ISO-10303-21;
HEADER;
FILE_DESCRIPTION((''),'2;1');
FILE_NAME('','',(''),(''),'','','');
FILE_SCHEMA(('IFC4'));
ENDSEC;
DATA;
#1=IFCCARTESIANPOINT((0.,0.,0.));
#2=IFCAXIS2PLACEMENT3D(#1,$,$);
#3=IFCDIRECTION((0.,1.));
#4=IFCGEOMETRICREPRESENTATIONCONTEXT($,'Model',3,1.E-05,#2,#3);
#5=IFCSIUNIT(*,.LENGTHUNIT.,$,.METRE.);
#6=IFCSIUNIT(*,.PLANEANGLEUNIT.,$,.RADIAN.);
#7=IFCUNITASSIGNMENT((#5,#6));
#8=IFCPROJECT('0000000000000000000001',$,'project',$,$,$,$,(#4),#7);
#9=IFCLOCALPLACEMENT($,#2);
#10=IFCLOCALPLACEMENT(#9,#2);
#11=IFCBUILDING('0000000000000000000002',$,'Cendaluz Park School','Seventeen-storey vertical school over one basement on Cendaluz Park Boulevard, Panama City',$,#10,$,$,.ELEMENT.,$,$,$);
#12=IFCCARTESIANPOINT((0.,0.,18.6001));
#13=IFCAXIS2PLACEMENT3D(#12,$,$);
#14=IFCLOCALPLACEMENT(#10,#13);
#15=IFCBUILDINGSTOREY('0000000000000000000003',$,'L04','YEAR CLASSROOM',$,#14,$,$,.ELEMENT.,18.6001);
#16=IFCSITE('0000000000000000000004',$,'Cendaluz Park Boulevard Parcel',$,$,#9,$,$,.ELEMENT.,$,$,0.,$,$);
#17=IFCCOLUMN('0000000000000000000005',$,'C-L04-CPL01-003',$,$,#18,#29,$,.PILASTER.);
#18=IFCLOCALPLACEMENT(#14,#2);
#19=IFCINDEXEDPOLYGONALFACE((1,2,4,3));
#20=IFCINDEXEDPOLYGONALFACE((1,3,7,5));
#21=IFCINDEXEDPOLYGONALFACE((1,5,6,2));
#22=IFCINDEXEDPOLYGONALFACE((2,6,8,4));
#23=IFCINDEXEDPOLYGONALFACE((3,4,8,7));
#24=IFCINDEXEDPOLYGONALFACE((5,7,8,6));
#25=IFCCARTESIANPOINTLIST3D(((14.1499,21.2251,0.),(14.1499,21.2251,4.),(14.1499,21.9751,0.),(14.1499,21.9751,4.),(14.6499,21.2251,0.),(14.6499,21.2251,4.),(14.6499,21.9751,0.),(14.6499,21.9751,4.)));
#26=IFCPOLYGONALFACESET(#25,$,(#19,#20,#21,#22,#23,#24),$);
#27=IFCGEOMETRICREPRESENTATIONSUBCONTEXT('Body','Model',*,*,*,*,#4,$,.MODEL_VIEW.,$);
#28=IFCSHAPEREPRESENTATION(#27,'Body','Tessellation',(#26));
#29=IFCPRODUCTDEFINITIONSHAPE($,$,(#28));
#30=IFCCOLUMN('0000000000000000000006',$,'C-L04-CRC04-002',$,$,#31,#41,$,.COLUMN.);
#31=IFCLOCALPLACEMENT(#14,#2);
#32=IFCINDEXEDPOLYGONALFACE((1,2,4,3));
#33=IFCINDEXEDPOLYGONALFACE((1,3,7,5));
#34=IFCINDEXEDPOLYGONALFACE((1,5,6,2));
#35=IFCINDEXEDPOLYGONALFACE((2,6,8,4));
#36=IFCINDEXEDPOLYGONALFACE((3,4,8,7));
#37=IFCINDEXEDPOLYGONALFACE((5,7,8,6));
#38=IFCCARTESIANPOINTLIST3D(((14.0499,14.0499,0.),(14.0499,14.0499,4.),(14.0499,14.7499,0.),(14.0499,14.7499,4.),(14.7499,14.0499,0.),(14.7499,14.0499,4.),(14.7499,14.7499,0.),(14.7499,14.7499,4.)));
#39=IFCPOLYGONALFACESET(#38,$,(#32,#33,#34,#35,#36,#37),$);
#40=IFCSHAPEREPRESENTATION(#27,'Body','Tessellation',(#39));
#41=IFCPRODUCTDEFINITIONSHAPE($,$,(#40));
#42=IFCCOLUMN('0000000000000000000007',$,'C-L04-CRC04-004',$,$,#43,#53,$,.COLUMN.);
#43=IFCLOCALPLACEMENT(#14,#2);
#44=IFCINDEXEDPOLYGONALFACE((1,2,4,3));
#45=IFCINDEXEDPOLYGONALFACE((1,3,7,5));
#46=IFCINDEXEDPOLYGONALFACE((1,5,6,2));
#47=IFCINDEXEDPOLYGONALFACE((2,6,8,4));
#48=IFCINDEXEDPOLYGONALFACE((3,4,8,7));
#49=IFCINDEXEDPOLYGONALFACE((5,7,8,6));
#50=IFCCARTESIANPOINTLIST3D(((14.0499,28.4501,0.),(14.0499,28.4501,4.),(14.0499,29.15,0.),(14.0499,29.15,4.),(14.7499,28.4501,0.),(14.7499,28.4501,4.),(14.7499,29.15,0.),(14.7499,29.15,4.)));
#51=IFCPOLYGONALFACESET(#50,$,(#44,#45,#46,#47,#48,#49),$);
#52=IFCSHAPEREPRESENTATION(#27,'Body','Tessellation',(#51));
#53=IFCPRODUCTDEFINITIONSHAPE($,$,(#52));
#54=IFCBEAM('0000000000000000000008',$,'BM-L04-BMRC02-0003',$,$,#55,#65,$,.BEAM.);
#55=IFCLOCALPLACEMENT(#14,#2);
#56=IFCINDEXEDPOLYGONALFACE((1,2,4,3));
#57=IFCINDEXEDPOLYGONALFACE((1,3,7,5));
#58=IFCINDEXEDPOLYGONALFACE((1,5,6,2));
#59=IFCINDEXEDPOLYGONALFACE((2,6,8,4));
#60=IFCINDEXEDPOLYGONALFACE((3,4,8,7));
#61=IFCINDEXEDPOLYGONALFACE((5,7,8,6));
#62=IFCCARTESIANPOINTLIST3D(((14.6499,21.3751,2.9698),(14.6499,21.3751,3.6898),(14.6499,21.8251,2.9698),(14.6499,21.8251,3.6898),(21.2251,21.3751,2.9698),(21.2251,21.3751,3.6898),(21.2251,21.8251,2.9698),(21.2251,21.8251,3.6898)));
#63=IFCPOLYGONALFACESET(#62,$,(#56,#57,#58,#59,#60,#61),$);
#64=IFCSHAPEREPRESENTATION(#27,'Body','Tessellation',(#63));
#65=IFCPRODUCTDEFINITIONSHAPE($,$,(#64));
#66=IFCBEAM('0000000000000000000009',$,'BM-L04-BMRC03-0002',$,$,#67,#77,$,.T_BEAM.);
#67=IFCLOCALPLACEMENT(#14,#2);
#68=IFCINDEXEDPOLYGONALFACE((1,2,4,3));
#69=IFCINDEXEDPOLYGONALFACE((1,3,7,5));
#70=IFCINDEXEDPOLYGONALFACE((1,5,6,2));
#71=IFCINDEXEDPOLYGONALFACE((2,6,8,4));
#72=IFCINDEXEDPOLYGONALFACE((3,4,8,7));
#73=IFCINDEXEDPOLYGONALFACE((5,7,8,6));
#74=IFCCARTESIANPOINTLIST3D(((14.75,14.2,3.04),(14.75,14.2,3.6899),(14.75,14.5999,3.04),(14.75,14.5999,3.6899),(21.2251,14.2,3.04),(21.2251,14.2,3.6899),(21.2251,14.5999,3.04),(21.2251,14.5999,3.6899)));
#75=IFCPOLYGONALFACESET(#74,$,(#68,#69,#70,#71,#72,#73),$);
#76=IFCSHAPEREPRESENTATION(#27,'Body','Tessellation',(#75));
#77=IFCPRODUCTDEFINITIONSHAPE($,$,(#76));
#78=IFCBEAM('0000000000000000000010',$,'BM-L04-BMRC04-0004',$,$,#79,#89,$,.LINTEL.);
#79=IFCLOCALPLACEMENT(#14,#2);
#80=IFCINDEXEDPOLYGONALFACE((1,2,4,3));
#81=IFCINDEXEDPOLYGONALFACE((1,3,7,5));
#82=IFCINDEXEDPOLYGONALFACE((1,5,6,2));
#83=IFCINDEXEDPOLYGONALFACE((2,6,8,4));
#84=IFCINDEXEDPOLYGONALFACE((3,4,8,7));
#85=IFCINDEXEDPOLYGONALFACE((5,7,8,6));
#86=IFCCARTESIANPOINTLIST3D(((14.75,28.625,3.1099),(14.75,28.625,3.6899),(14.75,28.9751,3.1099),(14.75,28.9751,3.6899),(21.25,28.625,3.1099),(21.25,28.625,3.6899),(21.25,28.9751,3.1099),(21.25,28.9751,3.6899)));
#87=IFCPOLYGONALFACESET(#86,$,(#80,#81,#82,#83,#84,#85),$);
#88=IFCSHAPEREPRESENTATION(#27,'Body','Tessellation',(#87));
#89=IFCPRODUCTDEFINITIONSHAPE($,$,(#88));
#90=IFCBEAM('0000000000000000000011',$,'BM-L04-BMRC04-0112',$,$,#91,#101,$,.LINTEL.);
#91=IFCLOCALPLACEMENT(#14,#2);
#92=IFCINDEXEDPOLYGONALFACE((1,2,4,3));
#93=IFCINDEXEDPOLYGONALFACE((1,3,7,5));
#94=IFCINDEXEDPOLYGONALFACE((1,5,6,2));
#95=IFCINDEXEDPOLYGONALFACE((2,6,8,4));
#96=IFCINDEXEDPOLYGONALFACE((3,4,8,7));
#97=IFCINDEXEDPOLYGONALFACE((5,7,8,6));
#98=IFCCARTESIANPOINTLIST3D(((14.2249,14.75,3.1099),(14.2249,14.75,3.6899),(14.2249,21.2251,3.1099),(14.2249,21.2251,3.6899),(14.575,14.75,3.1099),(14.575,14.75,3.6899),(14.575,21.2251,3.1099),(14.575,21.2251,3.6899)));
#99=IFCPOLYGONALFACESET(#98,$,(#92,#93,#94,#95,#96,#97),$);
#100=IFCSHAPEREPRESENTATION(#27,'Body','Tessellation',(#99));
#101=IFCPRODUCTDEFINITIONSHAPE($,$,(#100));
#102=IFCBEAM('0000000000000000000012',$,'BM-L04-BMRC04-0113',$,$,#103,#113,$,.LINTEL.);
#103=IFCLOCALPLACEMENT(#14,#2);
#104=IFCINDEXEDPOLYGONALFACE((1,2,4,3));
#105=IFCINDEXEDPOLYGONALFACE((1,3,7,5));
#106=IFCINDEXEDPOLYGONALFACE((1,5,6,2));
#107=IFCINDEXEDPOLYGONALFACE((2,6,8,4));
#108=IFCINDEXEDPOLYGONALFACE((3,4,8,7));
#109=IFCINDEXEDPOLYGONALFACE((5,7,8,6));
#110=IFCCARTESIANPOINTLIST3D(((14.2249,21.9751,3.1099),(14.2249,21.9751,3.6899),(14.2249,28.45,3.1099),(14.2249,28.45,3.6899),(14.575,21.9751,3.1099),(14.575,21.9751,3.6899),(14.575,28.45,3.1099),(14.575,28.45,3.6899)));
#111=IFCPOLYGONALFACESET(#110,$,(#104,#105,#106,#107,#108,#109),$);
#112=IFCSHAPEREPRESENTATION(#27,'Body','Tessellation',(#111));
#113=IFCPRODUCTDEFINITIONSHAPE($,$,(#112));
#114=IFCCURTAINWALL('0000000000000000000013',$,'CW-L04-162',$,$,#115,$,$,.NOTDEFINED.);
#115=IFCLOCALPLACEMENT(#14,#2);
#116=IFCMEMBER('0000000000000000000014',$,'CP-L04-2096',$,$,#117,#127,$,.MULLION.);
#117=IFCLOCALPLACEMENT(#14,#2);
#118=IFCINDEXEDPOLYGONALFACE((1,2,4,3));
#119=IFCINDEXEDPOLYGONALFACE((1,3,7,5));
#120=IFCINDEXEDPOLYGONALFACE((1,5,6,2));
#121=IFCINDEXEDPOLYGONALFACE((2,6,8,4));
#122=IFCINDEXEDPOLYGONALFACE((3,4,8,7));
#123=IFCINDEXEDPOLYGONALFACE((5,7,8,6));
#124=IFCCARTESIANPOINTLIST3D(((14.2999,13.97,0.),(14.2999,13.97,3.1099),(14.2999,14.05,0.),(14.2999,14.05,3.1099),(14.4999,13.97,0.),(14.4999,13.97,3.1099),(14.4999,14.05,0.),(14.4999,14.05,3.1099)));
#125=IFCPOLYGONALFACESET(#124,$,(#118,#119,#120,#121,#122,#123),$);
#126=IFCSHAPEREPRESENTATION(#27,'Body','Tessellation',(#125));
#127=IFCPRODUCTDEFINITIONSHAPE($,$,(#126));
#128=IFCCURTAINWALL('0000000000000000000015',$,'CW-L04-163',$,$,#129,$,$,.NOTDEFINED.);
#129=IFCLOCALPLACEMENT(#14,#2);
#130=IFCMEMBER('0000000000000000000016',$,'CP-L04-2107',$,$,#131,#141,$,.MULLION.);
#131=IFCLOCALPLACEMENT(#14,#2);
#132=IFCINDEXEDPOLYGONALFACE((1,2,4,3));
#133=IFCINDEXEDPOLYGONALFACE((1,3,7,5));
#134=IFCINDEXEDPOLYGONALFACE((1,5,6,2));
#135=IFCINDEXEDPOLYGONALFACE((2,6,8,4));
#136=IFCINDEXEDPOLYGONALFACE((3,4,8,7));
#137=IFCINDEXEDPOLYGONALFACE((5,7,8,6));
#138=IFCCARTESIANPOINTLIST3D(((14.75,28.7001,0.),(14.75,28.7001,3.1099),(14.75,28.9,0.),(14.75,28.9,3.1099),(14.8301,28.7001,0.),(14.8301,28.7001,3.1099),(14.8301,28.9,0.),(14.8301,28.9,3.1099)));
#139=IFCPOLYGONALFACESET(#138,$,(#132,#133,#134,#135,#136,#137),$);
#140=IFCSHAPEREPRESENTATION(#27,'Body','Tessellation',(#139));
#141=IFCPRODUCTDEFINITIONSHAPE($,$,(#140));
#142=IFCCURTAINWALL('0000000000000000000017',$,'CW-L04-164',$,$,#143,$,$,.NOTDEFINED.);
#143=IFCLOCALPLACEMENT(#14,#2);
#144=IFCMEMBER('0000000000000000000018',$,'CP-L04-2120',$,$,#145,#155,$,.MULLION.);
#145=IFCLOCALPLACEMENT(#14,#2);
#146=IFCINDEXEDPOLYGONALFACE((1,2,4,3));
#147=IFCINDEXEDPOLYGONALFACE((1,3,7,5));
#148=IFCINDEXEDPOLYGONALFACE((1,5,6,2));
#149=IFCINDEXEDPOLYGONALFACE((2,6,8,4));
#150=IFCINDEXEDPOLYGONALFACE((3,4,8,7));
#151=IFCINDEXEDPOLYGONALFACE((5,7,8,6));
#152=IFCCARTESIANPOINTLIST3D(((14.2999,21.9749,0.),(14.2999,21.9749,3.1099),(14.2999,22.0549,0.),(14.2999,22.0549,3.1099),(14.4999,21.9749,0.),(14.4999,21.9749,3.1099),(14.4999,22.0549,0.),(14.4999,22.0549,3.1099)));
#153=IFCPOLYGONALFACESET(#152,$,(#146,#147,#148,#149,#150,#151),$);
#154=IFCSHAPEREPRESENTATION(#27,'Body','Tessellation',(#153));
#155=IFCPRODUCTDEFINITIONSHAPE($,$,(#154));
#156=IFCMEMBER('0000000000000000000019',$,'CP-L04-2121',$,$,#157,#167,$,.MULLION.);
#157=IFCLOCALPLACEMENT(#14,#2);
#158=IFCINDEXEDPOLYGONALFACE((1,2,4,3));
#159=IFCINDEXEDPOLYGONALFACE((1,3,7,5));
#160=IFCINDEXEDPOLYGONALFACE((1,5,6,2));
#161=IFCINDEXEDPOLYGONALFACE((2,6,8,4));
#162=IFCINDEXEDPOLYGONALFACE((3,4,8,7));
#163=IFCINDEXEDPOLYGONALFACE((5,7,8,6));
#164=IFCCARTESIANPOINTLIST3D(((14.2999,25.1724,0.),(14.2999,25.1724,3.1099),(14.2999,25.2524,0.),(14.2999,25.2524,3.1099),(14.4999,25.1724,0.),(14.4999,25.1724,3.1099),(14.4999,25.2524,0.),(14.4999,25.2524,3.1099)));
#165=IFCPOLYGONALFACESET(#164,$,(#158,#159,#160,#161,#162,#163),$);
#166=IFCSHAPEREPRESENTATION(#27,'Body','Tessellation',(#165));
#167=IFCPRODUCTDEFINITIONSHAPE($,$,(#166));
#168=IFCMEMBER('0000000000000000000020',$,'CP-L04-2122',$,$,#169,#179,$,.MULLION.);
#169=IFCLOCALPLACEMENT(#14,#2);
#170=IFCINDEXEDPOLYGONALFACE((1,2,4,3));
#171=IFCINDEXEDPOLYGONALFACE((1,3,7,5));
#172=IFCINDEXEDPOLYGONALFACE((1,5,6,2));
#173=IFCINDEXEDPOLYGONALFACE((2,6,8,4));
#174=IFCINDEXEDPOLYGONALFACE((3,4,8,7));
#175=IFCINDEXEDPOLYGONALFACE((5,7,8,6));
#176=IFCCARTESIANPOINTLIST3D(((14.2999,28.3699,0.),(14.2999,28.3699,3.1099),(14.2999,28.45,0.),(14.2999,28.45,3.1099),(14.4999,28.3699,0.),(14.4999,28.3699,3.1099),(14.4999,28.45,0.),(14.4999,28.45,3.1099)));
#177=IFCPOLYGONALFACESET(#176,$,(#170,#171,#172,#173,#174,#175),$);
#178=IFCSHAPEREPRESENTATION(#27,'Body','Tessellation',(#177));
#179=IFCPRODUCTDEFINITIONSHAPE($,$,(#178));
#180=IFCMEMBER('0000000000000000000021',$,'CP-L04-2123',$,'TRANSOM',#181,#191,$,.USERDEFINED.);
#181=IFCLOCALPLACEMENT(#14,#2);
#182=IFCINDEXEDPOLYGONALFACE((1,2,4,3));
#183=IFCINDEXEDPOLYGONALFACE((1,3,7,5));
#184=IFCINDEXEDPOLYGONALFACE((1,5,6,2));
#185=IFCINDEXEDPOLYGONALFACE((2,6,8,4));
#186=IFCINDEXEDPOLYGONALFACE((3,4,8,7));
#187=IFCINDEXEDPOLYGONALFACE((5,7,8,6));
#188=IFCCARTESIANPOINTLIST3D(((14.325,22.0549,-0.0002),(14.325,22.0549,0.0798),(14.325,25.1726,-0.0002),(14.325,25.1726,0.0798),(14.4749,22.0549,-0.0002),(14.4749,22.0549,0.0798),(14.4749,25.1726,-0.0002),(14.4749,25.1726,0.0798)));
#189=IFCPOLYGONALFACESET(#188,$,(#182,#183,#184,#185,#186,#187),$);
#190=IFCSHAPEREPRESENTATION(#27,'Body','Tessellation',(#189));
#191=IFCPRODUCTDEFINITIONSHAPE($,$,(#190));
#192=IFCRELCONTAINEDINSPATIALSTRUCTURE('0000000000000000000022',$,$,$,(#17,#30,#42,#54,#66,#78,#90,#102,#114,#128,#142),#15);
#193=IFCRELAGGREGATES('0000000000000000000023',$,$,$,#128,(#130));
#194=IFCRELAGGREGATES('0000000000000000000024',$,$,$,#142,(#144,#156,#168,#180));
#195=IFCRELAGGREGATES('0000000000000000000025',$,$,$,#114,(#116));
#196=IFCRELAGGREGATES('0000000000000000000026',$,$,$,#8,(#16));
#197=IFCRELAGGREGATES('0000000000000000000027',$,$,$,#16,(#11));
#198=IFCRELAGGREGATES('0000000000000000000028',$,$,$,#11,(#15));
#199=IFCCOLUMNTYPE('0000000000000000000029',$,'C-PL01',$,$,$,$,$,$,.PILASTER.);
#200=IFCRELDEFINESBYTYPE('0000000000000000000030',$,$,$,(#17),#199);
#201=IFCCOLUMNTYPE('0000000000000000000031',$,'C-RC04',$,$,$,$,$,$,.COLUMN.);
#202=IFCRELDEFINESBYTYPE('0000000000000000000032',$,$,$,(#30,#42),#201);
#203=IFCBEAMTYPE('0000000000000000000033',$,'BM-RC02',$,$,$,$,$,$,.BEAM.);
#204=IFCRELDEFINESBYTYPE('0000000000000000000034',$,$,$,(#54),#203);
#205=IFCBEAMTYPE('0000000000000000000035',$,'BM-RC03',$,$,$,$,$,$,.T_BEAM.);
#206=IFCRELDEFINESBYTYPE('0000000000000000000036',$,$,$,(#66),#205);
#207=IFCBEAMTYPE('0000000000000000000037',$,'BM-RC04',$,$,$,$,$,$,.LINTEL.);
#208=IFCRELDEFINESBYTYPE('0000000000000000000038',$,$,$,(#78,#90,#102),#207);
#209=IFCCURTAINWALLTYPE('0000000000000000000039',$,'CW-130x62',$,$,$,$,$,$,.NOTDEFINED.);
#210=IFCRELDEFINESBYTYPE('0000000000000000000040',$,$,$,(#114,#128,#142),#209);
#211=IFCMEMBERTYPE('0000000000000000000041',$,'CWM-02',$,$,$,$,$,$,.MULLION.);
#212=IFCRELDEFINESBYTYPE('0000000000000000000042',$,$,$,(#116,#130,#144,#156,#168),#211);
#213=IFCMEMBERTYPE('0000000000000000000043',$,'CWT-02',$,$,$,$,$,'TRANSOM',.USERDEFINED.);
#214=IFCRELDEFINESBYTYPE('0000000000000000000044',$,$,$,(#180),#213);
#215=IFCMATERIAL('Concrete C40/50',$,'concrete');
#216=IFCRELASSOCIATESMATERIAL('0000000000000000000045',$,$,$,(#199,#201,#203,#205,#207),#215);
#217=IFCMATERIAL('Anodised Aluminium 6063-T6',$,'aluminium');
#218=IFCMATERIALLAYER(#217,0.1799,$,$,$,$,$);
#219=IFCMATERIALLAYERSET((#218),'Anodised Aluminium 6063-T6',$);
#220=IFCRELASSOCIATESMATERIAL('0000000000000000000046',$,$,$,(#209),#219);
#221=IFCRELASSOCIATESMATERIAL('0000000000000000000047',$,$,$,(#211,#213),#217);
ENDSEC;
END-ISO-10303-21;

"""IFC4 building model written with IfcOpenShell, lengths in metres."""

from ifc_helpers import new_model, si_unit, direction, frame, origin, origin_2d, place, context, subcontext, project, spatial, rectangle, extrude, material, layer, layer_set, material_profile, profile_set, type_object, element, aggregate, save


model = new_model("IFC4")

# Units and contexts
model_context = context("Model", 3, precision=1e-05, world=origin(), true_north=direction((0.0, 1.0)))
body_context = subcontext(model_context, "Body", "Model", "MODEL_VIEW")
ifc_project = project(units=[si_unit("LENGTHUNIT", "METRE"), si_unit("PLANEANGLEUNIT", "RADIAN")], contexts=[model_context])

# Site, building, storey
site_placement = place(None, origin())
site = spatial("IfcSite", under=ifc_project, at=site_placement, Name="Cendaluz Park Boulevard Parcel", CompositionType="ELEMENT", RefElevation=0.0)
building_placement = place(site_placement, origin())
building = spatial("IfcBuilding", under=site, at=building_placement, Name="Cendaluz Park School", Description="Seventeen-storey vertical school over one basement on Cendaluz Park Boulevard, Panama City", CompositionType="ELEMENT")
storey_placement = place(building_placement, frame((0.0, 0.0, 18.6001)))
storey = spatial("IfcBuildingStorey", under=building, at=storey_placement, Name="L04", Description="YEAR CLASSROOM", CompositionType="ELEMENT", Elevation=18.6001)

# Columns
ifc_material_1 = material(Name="Concrete C40/50", Category="concrete")
ifc_material_profile_1 = material_profile(ifc_material_1, rectangle(XDim=0.5, YDim=0.75, at=origin_2d()), Name="RC 500x750", Category="concrete")
ifc_profile_set_1 = profile_set([ifc_material_profile_1], Name="Concrete C40/50")
column_type_1 = type_object("IfcColumnType", Name="C-PL01", PredefinedType="PILASTER", material=ifc_profile_set_1)
column_placement = place(storey_placement, frame((14.3999, 21.6001, 0.0), z_axis=(0.0, 0.0, 1.0), x_axis=(1.0, 0.0, 0.0)))
element("IfcColumn", 1, at=column_placement, inside=storey, type_object=column_type_1, Name="C-L04-CPL01-003", PredefinedType="PILASTER", context=body_context, shape_type="SweptSolid", body=[
    extrude(rectangle(XDim=0.5, YDim=0.75, at=origin_2d()), origin(), (0.0, 0.0, 1.0), 4.0),
])
ifc_material_profile_2 = material_profile(ifc_material_1, rectangle(XDim=0.7, YDim=0.7, at=origin_2d()), Name="RC 700x700", Category="concrete")
ifc_profile_set_2 = profile_set([ifc_material_profile_2], Name="Concrete C40/50")
column_type_2 = type_object("IfcColumnType", Name="C-RC04", PredefinedType="COLUMN", material=ifc_profile_set_2)
for number, where, z_axis, x_axis, name in (
    (2, (14.3999, 14.3999, 0.0), (0.0, 0.0, 1.0), (1.0, 0.0, 0.0), "C-L04-CRC04-002"),
    (3, (14.3999, 28.8, 0.0), (0.0, 0.0, 1.0), (1.0, 0.0, 0.0), "C-L04-CRC04-004"),
):
    element("IfcColumn", number, at=place(storey_placement, frame(where, z_axis=z_axis, x_axis=x_axis)), inside=storey, type_object=column_type_2, Name=name, PredefinedType="COLUMN", context=body_context, shape_type="SweptSolid", body=[
        extrude(rectangle(XDim=0.7, YDim=0.7, at=origin_2d()), origin(), (0.0, 0.0, 1.0), 4.0),
    ])

# Beams
ifc_material_profile_3 = material_profile(ifc_material_1, rectangle(XDim=0.45, YDim=0.72, at=origin_2d()), Name="RC 450x720", Category="concrete")
ifc_profile_set_3 = profile_set([ifc_material_profile_3], Name="Concrete C40/50")
beam_type_1 = type_object("IfcBeamType", Name="BM-RC02", PredefinedType="BEAM", material=ifc_profile_set_3)
beam_1_placement = place(storey_placement, frame((14.6499, 21.6001, 3.3298), z_axis=(1.0, 0.0, 0.0), x_axis=(0.0, 1.0, 0.0)))
element("IfcBeam", 4, at=beam_1_placement, inside=storey, type_object=beam_type_1, Name="BM-L04-BMRC02-0003", PredefinedType="BEAM", context=body_context, shape_type="SweptSolid", body=[
    extrude(rectangle(XDim=0.45, YDim=0.72, at=origin_2d()), origin(), (0.0, 0.0, 1.0), 6.5752),
])
ifc_material_profile_4 = material_profile(ifc_material_1, rectangle(XDim=0.3999, YDim=0.6499, at=origin_2d()), Name="RC 400x650", Category="concrete")
ifc_profile_set_4 = profile_set([ifc_material_profile_4], Name="Concrete C40/50")
beam_type_2 = type_object("IfcBeamType", Name="BM-RC03", PredefinedType="T_BEAM", material=ifc_profile_set_4)
beam_2_placement = place(storey_placement, frame((14.75, 14.3999, 3.365), z_axis=(1.0, 0.0, 0.0), x_axis=(0.0, 1.0, 0.0)))
element("IfcBeam", 5, at=beam_2_placement, inside=storey, type_object=beam_type_2, Name="BM-L04-BMRC03-0002", PredefinedType="T_BEAM", context=body_context, shape_type="SweptSolid", body=[
    extrude(rectangle(XDim=0.3999, YDim=0.6499, at=origin_2d()), origin(), (0.0, 0.0, 1.0), 6.4751),
])
ifc_material_profile_5 = material_profile(ifc_material_1, rectangle(XDim=0.3501, YDim=0.5801, at=origin_2d()), Name="RC 350x580", Category="concrete")
ifc_profile_set_5 = profile_set([ifc_material_profile_5], Name="Concrete C40/50")
beam_type_3 = type_object("IfcBeamType", Name="BM-RC04", PredefinedType="LINTEL", material=ifc_profile_set_5)
beam_3_placement = place(storey_placement, frame((14.75, 28.8, 3.3999), z_axis=(1.0, 0.0, 0.0), x_axis=(0.0, 1.0, 0.0)))
element("IfcBeam", 6, at=beam_3_placement, inside=storey, type_object=beam_type_3, Name="BM-L04-BMRC04-0004", PredefinedType="LINTEL", context=body_context, shape_type="SweptSolid", body=[
    extrude(rectangle(XDim=0.3501, YDim=0.5801, at=origin_2d()), origin(), (0.0, 0.0, 1.0), 6.5),
])
beam_4_placement = place(storey_placement, frame((14.3999, 14.75, 3.3999), z_axis=(0.0, 1.0, 0.0), x_axis=(-1.0, 0.0, 0.0)))
element("IfcBeam", 7, at=beam_4_placement, inside=storey, type_object=beam_type_3, Name="BM-L04-BMRC04-0112", PredefinedType="LINTEL", context=body_context, shape_type="SweptSolid", body=[
    extrude(rectangle(XDim=0.3501, YDim=0.5801, at=origin_2d()), origin(), (0.0, 0.0, 1.0), 6.4751),
])
beam_5_placement = place(storey_placement, frame((14.3999, 21.9751, 3.3999), z_axis=(0.0, 1.0, 0.0), x_axis=(-1.0, 0.0, 0.0)))
element("IfcBeam", 8, at=beam_5_placement, inside=storey, type_object=beam_type_3, Name="BM-L04-BMRC04-0113", PredefinedType="LINTEL", context=body_context, shape_type="SweptSolid", body=[
    extrude(rectangle(XDim=0.3501, YDim=0.5801, at=origin_2d()), origin(), (0.0, 0.0, 1.0), 6.4749),
])

# Curtain walls, members
ifc_material_2 = material(Name="Anodised Aluminium 6063-T6", Category="aluminium")
ifc_layer_1 = layer(ifc_material_2, 0.1799)
ifc_layer_set_1 = layer_set([ifc_layer_1], Name="Anodised Aluminium 6063-T6")
curtain_wall_type = type_object("IfcCurtainWallType", Name="CW-130x62", PredefinedType="NOTDEFINED", material=ifc_layer_set_1)
curtain_wall_1_placement = place(storey_placement, origin())
curtain_wall_1 = element("IfcCurtainWall", 9, at=curtain_wall_1_placement, inside=storey, type_object=curtain_wall_type, Name="CW-L04-162", PredefinedType="NOTDEFINED")
ifc_material_profile_6 = material_profile(ifc_material_2, rectangle(XDim=0.2, YDim=0.0801, at=origin_2d()), Name="CWM 200x80", Category="aluminium")
ifc_profile_set_6 = profile_set([ifc_material_profile_6], Name="Anodised Aluminium 6063-T6")
member_type_1 = type_object("IfcMemberType", Name="CWM-02", PredefinedType="MULLION", material=ifc_profile_set_6)
member_1_placement = place(storey_placement, frame((14.3999, 14.01, 0.0), z_axis=(0.0, 0.0, 1.0), x_axis=(-1.0, 0.0, 0.0)))
member_1 = element("IfcMember", 10, at=member_1_placement, type_object=member_type_1, Name="CP-L04-2096", PredefinedType="MULLION", context=body_context, shape_type="SweptSolid", body=[
    extrude(rectangle(XDim=0.2, YDim=0.0801, at=origin_2d()), origin(), (0.0, 0.0, 1.0), 3.1099),
])
curtain_wall_2_placement = place(storey_placement, origin())
curtain_wall_2 = element("IfcCurtainWall", 11, at=curtain_wall_2_placement, inside=storey, type_object=curtain_wall_type, Name="CW-L04-163", PredefinedType="NOTDEFINED")
member_2_placement = place(storey_placement, frame((14.79, 28.8, 0.0), z_axis=(0.0, 0.0, 1.0), x_axis=(0.0, 1.0, 0.0)))
member_2 = element("IfcMember", 12, at=member_2_placement, type_object=member_type_1, Name="CP-L04-2107", PredefinedType="MULLION", context=body_context, shape_type="SweptSolid", body=[
    extrude(rectangle(XDim=0.2, YDim=0.0801, at=origin_2d()), origin(), (0.0, 0.0, 1.0), 3.1099),
])
aggregate(curtain_wall_2, [member_2])

# Curtain wall, members
curtain_wall_3_placement = place(storey_placement, origin())
curtain_wall_3 = element("IfcCurtainWall", 13, at=curtain_wall_3_placement, inside=storey, type_object=curtain_wall_type, Name="CW-L04-164", PredefinedType="NOTDEFINED")
member_3_placement = place(storey_placement, frame((14.3999, 22.0149, 0.0), z_axis=(0.0, 0.0, 1.0), x_axis=(-1.0, 0.0, 0.0)))
member_3 = element("IfcMember", 14, at=member_3_placement, type_object=member_type_1, Name="CP-L04-2120", PredefinedType="MULLION", context=body_context, shape_type="SweptSolid", body=[
    extrude(rectangle(XDim=0.2, YDim=0.0801, at=origin_2d()), origin(), (0.0, 0.0, 1.0), 3.1099),
])
member_4_placement = place(storey_placement, frame((14.3999, 25.2124, 0.0), z_axis=(0.0, 0.0, 1.0), x_axis=(-1.0, 0.0, 0.0)))
member_4 = element("IfcMember", 15, at=member_4_placement, type_object=member_type_1, Name="CP-L04-2121", PredefinedType="MULLION", context=body_context, shape_type="SweptSolid", body=[
    extrude(rectangle(XDim=0.2, YDim=0.0801, at=origin_2d()), origin(), (0.0, 0.0, 1.0), 3.1099),
])
member_5_placement = place(storey_placement, frame((14.3999, 28.4099, 0.0), z_axis=(0.0, 0.0, 1.0), x_axis=(-1.0, 0.0, 0.0)))
member_5 = element("IfcMember", 16, at=member_5_placement, type_object=member_type_1, Name="CP-L04-2122", PredefinedType="MULLION", context=body_context, shape_type="SweptSolid", body=[
    extrude(rectangle(XDim=0.2, YDim=0.0801, at=origin_2d()), origin(), (0.0, 0.0, 1.0), 3.1099),
])
ifc_material_profile_7 = material_profile(ifc_material_2, rectangle(XDim=0.1499, YDim=0.0801, at=origin_2d()), Name="CWT 150x80", Category="aluminium")
ifc_profile_set_7 = profile_set([ifc_material_profile_7], Name="Anodised Aluminium 6063-T6")
member_type_2 = type_object("IfcMemberType", Name="CWT-02", ElementType="TRANSOM", PredefinedType="USERDEFINED", material=ifc_profile_set_7)
member_6_placement = place(storey_placement, frame((14.3999, 22.0549, 0.0398), z_axis=(0.0, 1.0, 0.0), x_axis=(-1.0, 0.0, 0.0)))
member_6 = element("IfcMember", 17, at=member_6_placement, type_object=member_type_2, Name="CP-L04-2123", ObjectType="TRANSOM", PredefinedType="USERDEFINED", context=body_context, shape_type="SweptSolid", body=[
    extrude(rectangle(XDim=0.1499, YDim=0.0801, at=origin_2d()), origin(), (0.0, 0.0, 1.0), 3.1177),
])

aggregate(curtain_wall_3, [member_3, member_4, member_5, member_6])
aggregate(curtain_wall_1, [member_1])

save(model, "model.ifc")
